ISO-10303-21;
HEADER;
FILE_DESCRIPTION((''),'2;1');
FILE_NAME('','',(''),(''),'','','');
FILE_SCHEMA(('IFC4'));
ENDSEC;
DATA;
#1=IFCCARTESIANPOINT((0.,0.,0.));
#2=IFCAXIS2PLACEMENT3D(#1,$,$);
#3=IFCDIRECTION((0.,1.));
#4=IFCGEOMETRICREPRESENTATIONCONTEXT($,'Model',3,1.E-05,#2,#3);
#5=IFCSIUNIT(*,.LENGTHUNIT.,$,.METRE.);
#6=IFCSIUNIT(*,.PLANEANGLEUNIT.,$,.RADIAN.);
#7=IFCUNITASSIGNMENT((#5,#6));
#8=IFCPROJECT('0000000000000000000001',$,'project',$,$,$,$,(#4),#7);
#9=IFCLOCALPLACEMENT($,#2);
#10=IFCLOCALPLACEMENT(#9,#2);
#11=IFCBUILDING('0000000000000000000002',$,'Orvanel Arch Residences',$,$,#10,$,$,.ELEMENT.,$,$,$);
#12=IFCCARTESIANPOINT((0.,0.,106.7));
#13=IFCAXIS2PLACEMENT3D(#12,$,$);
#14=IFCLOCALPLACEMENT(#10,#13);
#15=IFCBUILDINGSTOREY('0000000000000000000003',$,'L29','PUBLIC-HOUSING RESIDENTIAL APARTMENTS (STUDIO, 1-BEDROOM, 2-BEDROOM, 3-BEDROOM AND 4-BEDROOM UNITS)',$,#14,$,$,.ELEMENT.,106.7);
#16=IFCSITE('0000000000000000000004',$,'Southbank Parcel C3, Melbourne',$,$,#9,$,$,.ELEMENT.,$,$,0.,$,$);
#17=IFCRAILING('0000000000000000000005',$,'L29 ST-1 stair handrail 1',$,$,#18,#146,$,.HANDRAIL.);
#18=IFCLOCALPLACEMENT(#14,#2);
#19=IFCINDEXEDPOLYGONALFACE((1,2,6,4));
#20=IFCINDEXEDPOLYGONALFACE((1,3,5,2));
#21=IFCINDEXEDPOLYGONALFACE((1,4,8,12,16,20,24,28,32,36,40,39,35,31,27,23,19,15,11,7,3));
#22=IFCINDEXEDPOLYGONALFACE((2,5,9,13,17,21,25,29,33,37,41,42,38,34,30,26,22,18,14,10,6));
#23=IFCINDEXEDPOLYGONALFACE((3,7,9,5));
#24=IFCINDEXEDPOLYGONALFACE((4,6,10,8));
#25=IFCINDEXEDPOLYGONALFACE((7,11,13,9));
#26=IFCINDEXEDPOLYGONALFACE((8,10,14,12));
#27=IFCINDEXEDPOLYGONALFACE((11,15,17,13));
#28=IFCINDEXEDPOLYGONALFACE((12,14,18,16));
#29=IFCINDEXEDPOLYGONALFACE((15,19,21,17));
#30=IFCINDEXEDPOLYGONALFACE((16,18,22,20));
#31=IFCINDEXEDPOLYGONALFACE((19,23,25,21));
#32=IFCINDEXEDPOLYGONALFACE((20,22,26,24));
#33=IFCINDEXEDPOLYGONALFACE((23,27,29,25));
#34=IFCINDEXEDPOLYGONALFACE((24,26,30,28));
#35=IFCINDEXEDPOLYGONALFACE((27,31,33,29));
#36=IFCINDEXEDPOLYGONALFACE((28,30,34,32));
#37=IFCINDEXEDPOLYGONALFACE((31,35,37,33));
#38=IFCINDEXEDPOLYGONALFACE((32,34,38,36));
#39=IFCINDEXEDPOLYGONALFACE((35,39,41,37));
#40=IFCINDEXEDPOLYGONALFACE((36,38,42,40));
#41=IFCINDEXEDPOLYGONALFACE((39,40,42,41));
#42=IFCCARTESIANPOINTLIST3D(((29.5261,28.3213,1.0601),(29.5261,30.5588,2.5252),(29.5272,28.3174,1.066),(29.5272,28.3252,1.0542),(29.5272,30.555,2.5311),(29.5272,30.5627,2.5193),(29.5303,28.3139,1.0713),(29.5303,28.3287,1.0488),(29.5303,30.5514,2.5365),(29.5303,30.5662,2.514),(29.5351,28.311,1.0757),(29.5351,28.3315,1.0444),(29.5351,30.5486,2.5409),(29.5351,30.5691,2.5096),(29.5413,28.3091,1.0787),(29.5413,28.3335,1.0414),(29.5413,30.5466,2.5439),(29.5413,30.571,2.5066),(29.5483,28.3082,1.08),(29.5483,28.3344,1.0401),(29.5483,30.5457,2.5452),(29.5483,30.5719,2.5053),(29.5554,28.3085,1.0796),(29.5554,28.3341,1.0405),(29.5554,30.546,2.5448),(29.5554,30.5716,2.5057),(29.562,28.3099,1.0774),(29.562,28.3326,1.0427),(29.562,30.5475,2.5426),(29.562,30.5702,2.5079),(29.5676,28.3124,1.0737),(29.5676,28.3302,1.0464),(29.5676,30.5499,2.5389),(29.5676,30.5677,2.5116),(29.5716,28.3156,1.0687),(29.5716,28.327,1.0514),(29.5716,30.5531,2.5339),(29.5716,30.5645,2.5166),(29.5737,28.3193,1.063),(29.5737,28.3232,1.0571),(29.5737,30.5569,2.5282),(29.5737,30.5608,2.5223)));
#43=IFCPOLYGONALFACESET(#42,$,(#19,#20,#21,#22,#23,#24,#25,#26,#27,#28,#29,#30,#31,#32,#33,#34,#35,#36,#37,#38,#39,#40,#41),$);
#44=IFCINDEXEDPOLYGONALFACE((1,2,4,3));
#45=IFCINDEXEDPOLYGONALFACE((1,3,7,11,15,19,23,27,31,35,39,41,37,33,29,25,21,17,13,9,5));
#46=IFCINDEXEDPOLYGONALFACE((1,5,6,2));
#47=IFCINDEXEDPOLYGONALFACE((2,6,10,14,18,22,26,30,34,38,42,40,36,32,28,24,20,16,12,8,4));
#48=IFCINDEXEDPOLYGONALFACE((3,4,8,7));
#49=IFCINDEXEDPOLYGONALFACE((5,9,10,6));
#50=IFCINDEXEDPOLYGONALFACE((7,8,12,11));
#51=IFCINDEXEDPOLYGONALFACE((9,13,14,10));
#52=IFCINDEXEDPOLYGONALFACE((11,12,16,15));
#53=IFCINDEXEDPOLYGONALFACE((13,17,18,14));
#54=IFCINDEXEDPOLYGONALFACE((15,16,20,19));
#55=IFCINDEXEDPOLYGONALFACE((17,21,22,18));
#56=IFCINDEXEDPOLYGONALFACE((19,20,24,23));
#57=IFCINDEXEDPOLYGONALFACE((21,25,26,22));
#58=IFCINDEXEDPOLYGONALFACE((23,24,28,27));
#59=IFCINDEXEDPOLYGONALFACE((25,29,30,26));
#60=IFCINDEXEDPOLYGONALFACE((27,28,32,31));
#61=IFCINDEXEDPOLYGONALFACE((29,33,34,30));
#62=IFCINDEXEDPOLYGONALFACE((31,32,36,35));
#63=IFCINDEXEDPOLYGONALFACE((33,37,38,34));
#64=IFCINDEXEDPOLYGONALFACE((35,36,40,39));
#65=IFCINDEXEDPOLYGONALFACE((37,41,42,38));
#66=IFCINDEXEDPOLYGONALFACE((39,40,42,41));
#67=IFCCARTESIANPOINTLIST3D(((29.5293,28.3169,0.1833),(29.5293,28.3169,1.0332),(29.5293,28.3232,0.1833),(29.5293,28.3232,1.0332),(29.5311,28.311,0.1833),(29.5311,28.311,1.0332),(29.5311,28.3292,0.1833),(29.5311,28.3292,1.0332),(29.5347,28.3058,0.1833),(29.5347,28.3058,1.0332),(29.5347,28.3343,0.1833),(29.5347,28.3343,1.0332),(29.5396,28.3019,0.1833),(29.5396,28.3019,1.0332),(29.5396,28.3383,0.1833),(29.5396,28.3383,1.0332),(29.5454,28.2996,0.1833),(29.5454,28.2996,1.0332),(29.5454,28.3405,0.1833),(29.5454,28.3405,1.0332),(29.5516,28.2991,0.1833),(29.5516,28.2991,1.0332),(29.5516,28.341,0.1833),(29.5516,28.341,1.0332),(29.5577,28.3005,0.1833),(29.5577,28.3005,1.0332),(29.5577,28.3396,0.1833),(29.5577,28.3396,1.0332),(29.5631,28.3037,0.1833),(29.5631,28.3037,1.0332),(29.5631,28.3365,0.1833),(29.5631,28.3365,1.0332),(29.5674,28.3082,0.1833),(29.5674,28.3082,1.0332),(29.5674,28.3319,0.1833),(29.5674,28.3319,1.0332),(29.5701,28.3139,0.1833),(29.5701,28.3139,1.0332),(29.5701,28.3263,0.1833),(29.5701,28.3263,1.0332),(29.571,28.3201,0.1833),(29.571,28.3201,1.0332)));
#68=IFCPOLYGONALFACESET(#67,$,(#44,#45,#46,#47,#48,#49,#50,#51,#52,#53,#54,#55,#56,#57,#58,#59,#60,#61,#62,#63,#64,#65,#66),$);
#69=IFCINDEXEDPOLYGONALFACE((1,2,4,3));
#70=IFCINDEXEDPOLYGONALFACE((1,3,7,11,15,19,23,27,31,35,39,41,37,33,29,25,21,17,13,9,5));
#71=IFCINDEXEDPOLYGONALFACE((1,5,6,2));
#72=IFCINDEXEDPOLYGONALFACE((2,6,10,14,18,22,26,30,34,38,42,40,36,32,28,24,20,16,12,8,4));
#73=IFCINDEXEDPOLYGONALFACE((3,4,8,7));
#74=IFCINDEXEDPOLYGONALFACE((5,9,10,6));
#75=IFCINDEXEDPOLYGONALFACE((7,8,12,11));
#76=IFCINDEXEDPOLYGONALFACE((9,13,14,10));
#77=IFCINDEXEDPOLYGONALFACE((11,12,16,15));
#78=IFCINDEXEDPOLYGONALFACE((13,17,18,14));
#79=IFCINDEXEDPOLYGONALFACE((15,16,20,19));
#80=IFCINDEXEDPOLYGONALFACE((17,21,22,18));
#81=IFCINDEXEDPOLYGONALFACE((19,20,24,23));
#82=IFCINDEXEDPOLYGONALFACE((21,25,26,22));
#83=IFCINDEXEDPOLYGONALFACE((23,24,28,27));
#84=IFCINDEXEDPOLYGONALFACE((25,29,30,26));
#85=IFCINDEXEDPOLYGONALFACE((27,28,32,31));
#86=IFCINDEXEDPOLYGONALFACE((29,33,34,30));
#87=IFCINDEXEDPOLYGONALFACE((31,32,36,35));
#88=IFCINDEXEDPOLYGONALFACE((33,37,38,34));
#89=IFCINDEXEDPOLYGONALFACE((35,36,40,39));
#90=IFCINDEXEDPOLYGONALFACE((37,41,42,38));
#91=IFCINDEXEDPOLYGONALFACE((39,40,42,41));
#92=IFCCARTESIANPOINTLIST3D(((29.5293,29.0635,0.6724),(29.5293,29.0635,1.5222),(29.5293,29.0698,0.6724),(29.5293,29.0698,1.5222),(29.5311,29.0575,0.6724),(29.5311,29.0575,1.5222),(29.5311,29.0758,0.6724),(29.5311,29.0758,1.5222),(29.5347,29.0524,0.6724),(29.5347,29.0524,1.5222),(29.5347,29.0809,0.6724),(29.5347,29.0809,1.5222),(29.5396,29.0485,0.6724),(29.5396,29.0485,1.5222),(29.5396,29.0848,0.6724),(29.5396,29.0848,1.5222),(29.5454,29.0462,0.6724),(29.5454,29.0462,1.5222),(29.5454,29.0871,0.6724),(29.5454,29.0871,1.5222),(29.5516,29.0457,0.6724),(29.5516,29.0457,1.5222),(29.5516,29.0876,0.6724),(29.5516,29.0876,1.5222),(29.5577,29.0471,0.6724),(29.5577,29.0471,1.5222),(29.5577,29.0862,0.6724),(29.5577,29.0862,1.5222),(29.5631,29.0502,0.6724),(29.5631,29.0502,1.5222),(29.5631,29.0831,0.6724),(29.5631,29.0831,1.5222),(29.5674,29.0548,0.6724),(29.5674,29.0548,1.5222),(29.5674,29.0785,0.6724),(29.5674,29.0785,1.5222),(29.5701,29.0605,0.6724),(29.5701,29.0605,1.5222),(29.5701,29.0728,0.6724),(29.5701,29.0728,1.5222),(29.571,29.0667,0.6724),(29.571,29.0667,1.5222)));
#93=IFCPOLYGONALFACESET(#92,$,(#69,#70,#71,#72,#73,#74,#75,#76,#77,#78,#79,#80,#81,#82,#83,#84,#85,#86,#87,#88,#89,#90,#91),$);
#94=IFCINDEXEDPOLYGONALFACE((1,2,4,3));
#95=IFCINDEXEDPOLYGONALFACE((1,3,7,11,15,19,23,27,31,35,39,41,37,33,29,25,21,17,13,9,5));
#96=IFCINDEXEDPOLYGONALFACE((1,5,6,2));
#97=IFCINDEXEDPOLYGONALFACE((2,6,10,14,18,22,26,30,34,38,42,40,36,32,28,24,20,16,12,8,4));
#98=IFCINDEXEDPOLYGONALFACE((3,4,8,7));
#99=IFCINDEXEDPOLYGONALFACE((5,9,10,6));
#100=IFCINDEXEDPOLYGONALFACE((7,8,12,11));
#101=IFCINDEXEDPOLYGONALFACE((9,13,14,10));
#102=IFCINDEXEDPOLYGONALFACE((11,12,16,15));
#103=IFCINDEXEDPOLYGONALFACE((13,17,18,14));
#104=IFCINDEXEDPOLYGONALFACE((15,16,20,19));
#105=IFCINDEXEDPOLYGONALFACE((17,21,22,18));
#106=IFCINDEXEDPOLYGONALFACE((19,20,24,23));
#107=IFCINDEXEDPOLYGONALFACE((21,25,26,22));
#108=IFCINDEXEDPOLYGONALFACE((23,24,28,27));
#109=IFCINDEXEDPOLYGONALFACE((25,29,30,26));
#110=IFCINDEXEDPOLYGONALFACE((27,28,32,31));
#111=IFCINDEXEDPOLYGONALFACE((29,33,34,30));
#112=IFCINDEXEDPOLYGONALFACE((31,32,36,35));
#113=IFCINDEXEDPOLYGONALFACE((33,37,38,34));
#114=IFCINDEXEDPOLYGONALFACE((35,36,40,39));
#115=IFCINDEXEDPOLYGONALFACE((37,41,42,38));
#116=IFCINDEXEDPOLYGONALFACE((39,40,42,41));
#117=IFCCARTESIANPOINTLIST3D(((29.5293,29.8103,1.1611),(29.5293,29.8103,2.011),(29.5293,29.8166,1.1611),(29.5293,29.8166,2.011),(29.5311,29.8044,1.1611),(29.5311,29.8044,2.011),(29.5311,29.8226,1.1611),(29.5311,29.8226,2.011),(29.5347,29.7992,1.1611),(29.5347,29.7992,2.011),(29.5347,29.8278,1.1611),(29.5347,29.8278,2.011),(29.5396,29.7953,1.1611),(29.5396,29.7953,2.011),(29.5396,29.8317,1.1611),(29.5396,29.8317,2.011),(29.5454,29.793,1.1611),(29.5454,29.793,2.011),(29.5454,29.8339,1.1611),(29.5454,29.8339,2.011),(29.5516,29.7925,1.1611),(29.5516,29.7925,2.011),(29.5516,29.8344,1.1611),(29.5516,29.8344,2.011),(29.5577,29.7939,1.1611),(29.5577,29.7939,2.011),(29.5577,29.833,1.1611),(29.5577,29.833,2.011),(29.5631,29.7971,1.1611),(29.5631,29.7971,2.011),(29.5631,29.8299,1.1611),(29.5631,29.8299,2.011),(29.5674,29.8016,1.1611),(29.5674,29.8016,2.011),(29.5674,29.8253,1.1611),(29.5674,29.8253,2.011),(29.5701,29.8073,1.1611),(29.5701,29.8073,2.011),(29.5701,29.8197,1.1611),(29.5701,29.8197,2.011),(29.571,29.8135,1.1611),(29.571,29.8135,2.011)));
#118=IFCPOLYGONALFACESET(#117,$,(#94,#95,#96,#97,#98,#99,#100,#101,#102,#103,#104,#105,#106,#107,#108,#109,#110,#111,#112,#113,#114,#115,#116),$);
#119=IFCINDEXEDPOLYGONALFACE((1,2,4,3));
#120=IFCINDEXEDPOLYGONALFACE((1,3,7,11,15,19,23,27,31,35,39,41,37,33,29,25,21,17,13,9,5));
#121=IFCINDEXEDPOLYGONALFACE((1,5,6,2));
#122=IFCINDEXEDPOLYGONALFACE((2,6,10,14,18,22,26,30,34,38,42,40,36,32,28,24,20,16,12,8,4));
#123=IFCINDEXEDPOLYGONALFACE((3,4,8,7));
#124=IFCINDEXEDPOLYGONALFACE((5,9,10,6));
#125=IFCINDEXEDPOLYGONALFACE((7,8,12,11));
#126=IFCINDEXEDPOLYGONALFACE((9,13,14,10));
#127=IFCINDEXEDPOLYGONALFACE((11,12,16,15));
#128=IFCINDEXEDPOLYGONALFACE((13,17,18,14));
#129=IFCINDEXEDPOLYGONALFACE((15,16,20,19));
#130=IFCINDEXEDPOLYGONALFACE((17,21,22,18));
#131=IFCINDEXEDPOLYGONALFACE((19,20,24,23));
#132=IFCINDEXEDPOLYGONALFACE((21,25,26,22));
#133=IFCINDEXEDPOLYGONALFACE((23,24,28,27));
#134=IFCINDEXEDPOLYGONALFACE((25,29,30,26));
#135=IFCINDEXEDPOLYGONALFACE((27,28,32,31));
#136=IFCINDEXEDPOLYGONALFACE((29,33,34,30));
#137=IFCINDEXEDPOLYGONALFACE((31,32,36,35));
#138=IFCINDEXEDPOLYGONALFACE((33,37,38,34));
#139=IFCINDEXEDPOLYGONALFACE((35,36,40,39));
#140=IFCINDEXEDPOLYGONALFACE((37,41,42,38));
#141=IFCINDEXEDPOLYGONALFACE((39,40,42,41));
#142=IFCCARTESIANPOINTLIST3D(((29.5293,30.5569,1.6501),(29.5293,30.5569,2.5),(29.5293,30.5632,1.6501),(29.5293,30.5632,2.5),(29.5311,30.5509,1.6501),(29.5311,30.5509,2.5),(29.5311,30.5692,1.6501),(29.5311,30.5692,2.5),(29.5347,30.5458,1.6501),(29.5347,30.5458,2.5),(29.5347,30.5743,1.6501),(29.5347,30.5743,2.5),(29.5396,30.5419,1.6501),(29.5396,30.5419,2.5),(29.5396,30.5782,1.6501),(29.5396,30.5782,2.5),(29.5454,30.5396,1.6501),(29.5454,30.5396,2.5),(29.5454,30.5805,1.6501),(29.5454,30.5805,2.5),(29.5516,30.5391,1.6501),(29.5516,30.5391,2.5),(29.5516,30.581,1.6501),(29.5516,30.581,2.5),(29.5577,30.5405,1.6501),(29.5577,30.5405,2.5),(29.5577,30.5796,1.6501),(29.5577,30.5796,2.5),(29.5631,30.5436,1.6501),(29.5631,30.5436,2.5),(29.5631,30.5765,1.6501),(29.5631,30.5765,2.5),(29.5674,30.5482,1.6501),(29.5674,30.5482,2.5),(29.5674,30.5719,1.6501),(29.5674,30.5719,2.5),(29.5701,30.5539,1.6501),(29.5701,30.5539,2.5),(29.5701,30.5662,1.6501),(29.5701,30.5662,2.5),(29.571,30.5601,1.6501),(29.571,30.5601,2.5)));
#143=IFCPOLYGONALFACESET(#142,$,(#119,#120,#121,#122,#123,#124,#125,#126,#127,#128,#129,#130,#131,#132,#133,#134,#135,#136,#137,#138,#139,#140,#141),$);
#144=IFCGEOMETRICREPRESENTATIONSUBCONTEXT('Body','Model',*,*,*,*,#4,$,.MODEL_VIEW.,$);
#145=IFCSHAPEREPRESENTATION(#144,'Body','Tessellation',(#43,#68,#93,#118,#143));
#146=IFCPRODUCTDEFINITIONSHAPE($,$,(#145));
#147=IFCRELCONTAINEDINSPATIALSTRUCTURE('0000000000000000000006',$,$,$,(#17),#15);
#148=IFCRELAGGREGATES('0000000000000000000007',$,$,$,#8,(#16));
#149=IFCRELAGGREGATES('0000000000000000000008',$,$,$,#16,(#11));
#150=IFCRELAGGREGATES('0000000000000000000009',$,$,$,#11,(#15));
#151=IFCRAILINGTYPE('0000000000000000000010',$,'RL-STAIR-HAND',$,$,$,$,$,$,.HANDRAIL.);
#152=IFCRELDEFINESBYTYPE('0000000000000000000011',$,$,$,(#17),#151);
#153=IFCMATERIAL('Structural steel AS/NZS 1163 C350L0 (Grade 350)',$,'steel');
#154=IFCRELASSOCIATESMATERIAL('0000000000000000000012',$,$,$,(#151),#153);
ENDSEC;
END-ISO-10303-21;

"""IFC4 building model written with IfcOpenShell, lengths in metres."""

from ifc_helpers import new_model, si_unit, direction, frame, origin, origin_2d, place, context, subcontext, project, spatial, circle, extrude, material, type_object, element, save


model = new_model("IFC4")

# Units and contexts
model_context = context("Model", 3, precision=1e-05, world=origin(), true_north=direction((0.0, 1.0)))
body_context = subcontext(model_context, "Body", "Model", "MODEL_VIEW")
ifc_project = project(units=[si_unit("LENGTHUNIT", "METRE"), si_unit("PLANEANGLEUNIT", "RADIAN")], contexts=[model_context])

# Site, building, storey
site_placement = place(None, origin())
site = spatial("IfcSite", under=ifc_project, at=site_placement, Name="Southbank Parcel C3, Melbourne", CompositionType="ELEMENT", RefElevation=0.0)
building_placement = place(site_placement, origin())
building = spatial("IfcBuilding", under=site, at=building_placement, Name="Orvanel Arch Residences", CompositionType="ELEMENT")
storey_placement = place(building_placement, frame((0.0, 0.0, 106.7)))
storey = spatial("IfcBuildingStorey", under=building, at=storey_placement, Name="L29", Description="PUBLIC-HOUSING RESIDENTIAL APARTMENTS (STUDIO, 1-BEDROOM, 2-BEDROOM, 3-BEDROOM AND 4-BEDROOM UNITS)", CompositionType="ELEMENT", Elevation=106.7)

# Railing
ifc_material_1 = material(Name="Structural steel AS/NZS 1163 C350L0 (Grade 350)", Category="steel")
railing_type_1 = type_object("IfcRailingType", Name="RL-STAIR-HAND", PredefinedType="HANDRAIL", material=ifc_material_1)
railing_1_placement = place(storey_placement, frame((29.55, 28.3201, 0.1833)))
element("IfcRailing", 1, at=railing_1_placement, inside=storey, type_object=railing_type_1, Name="L29 ST-1 stair handrail 1", PredefinedType="HANDRAIL", context=body_context, shape_type="SweptSolid", body=[
    extrude(circle(Radius=0.0239, at=origin_2d()), frame((0.0, 0.0012, 0.8767), z_axis=(0.0, 0.836595, 0.547822), x_axis=(-1.0, 0.0, 0.0)), (0.0, 0.0, 1.0), 2.6746),
    extrude(circle(Radius=0.021, at=origin_2d()), origin(), (0.0, 0.0, 1.0), 0.8499),
    extrude(circle(Radius=0.021, at=origin_2d()), frame((0.0, 0.7466, 0.489)), (0.0, 0.0, 1.0), 0.8499),
    extrude(circle(Radius=0.021, at=origin_2d()), frame((0.0, 1.4934, 0.9778)), (0.0, 0.0, 1.0), 0.8499),
    extrude(circle(Radius=0.021, at=origin_2d()), frame((0.0, 2.24, 1.4668)), (0.0, 0.0, 1.0), 0.8499),
])

save(model, "model.ifc")
